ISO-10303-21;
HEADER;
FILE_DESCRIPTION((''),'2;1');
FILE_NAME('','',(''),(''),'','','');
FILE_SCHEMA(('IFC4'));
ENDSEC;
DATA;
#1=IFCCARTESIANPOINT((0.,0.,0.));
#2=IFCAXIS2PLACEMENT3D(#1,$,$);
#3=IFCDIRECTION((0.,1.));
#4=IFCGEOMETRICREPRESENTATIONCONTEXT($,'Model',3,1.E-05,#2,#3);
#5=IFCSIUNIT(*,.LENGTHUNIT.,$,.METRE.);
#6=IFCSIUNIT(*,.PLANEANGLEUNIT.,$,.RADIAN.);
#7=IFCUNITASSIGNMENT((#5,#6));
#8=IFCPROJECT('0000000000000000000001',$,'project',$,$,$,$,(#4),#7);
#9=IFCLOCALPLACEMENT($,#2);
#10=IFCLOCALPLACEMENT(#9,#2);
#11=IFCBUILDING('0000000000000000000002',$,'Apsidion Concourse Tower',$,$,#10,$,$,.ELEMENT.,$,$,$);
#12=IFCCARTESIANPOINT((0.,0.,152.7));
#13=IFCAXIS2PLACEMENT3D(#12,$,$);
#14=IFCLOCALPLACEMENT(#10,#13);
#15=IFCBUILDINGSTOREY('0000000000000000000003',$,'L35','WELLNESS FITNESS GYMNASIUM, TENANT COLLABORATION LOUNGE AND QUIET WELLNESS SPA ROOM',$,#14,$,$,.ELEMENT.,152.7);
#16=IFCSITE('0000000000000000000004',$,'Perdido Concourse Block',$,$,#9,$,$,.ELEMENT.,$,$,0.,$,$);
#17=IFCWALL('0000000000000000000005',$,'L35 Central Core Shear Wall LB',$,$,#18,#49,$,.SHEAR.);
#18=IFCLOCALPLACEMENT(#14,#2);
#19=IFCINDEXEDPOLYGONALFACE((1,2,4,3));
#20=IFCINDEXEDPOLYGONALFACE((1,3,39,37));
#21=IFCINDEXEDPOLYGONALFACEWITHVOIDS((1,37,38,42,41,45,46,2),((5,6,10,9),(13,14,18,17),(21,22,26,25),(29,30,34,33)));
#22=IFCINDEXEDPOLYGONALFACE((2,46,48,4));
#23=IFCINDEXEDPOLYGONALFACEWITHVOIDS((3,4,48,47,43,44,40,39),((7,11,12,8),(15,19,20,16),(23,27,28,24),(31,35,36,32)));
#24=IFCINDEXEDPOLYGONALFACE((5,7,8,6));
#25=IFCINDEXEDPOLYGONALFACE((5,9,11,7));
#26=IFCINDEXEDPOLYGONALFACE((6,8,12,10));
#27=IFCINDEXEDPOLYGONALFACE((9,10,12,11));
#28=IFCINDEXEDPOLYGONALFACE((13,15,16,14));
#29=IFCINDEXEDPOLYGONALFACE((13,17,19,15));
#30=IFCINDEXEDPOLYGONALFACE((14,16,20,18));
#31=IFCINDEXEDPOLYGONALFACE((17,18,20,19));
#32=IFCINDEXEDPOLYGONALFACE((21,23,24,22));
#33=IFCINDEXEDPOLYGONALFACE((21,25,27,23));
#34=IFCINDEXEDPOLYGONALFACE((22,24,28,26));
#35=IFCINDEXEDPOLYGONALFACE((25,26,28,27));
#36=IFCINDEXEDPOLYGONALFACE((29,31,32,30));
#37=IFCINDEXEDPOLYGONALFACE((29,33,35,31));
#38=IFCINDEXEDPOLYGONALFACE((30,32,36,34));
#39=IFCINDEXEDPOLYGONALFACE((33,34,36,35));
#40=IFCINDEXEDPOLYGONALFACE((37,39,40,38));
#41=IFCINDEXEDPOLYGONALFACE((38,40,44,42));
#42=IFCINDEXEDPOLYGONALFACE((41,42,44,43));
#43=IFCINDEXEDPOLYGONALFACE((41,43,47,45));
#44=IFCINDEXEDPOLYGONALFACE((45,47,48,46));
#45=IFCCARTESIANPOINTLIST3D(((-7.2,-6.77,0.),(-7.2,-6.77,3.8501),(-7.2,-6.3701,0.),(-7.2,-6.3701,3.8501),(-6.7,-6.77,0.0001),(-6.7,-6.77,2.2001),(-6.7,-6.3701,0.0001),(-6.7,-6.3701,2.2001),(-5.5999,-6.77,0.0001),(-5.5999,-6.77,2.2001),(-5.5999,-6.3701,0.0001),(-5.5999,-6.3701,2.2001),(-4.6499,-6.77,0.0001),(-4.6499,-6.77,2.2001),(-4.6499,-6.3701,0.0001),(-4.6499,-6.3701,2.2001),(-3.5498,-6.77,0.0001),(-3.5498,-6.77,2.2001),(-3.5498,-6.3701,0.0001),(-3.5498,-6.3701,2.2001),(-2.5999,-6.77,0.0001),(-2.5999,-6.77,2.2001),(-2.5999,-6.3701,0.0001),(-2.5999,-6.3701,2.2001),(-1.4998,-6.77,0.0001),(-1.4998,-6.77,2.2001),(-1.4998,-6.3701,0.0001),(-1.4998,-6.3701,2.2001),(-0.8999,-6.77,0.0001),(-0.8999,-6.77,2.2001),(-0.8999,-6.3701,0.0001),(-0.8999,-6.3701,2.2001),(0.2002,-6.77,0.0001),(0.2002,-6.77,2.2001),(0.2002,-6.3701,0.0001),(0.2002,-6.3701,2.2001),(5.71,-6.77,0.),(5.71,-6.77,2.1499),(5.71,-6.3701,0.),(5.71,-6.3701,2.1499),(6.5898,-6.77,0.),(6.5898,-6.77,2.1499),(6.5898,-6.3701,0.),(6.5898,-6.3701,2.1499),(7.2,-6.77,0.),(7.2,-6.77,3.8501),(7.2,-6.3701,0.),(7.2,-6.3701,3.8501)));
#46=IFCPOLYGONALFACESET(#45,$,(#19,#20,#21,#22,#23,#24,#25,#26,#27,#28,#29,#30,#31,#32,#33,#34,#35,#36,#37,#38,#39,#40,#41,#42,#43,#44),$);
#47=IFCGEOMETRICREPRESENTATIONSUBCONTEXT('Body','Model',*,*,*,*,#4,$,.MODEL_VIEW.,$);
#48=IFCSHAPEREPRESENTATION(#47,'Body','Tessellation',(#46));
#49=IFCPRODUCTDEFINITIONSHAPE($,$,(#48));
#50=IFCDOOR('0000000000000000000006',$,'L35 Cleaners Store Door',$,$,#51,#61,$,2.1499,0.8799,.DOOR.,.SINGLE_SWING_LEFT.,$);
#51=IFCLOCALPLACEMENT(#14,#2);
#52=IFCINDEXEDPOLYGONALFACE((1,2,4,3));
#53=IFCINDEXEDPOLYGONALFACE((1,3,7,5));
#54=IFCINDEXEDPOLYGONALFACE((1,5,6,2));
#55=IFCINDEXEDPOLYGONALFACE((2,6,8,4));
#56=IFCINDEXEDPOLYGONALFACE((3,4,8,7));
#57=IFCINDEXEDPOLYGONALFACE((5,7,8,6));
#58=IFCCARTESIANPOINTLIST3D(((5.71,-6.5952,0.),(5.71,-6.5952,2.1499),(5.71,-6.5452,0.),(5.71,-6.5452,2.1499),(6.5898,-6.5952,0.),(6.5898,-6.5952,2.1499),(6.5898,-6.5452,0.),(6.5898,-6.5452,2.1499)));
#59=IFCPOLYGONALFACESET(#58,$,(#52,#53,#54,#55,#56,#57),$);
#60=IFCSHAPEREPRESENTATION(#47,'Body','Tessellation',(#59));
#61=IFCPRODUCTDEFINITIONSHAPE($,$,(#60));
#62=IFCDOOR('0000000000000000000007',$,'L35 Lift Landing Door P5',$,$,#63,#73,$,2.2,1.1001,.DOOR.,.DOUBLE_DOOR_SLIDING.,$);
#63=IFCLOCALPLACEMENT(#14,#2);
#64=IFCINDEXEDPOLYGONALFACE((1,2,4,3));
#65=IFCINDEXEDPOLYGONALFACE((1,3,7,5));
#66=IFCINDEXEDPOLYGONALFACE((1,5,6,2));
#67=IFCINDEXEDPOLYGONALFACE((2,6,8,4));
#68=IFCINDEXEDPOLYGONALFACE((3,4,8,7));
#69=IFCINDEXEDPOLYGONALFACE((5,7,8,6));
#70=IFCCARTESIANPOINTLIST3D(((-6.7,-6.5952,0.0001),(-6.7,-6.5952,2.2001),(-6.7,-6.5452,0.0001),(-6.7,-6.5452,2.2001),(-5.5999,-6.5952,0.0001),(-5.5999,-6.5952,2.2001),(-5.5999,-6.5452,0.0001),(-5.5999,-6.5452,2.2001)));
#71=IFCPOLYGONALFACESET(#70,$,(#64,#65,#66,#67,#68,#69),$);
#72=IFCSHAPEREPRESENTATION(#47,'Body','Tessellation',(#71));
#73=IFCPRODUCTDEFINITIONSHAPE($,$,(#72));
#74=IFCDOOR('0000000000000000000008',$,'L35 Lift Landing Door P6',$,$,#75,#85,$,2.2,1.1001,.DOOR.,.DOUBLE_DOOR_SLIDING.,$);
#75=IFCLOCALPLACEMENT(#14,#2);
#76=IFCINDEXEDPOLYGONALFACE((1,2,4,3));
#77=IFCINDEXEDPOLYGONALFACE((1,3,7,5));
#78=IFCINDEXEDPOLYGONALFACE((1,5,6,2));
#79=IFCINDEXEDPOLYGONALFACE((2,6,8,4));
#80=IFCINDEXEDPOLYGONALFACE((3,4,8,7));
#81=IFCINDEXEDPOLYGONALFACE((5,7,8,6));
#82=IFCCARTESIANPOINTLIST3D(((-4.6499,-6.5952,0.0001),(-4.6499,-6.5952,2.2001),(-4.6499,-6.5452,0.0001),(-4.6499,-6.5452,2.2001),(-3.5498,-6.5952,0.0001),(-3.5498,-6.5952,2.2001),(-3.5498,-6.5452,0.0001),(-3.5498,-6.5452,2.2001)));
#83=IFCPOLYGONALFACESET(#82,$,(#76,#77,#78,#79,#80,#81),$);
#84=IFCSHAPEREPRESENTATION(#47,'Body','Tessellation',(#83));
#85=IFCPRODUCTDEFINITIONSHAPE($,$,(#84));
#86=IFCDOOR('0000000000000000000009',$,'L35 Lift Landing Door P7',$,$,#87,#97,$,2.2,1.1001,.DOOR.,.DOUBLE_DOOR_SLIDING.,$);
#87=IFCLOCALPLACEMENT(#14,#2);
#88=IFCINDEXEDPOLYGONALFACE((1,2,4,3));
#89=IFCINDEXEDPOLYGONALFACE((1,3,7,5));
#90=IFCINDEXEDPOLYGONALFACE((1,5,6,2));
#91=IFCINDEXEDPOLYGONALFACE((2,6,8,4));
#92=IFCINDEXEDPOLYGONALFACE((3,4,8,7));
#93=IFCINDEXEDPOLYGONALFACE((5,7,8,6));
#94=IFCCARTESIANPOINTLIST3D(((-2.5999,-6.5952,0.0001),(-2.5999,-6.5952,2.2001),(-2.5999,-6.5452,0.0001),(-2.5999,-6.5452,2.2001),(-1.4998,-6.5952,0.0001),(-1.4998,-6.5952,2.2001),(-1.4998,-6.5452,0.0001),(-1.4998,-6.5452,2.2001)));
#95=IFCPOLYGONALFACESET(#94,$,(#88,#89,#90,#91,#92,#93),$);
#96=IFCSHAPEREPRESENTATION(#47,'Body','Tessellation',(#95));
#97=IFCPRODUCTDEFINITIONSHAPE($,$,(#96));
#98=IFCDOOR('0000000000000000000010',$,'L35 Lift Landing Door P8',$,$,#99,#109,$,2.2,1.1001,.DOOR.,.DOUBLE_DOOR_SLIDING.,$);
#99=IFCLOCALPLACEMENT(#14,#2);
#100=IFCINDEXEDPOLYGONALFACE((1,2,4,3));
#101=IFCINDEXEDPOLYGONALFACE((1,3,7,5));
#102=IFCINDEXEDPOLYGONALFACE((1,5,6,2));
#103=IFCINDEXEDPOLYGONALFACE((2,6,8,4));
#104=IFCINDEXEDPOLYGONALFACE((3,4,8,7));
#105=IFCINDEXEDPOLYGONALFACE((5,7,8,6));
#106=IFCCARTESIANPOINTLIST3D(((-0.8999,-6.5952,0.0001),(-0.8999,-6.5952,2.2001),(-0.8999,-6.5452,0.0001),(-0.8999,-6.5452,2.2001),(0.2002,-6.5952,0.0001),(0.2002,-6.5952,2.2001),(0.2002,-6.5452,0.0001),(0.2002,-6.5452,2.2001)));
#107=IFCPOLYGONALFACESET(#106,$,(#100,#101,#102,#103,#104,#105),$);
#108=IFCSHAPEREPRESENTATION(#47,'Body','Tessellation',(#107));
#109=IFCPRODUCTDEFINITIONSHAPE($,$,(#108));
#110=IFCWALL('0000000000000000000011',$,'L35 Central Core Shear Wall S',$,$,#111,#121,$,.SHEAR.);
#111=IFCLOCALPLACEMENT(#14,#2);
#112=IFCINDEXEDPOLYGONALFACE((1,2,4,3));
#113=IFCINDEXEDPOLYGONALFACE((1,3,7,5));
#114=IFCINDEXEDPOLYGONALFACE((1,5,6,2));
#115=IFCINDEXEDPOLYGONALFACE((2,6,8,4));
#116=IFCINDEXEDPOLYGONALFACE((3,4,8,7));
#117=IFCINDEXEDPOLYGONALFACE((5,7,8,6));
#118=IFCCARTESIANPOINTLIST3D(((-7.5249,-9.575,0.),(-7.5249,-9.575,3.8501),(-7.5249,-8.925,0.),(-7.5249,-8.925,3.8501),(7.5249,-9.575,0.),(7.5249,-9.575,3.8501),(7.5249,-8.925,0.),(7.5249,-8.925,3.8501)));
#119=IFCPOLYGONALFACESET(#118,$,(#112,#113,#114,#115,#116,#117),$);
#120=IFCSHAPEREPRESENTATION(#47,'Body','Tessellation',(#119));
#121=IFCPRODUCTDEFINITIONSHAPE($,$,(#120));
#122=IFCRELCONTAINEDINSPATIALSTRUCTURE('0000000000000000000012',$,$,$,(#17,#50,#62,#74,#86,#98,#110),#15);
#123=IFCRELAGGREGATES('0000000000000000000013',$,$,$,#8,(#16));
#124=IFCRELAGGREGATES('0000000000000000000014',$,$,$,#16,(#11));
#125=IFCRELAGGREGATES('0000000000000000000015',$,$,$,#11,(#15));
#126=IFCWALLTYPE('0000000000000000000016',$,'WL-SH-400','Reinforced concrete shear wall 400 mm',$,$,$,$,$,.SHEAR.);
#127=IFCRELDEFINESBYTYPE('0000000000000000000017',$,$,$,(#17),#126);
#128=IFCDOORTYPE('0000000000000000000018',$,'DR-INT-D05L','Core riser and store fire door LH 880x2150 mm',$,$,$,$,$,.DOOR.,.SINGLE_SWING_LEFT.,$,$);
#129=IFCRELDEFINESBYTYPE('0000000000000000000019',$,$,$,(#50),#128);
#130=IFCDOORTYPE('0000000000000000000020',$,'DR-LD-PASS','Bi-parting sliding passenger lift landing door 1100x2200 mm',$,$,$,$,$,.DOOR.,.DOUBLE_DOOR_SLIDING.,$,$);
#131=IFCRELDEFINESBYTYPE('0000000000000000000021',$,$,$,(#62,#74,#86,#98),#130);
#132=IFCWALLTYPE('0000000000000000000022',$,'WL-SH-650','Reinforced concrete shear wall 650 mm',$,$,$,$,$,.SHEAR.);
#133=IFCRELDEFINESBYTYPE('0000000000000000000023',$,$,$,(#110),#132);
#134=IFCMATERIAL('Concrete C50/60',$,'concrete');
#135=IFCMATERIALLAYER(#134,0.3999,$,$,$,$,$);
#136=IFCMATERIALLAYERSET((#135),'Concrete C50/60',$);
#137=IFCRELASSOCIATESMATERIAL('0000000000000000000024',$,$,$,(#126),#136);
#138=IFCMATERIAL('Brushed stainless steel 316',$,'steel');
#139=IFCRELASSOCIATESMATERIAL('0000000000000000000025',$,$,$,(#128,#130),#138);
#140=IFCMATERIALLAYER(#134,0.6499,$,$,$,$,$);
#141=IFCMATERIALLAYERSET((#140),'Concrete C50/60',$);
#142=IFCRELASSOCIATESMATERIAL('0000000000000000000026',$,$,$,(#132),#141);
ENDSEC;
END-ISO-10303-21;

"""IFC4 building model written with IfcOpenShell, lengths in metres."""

from ifc_helpers import new_model, si_unit, direction, frame, frame_2d, origin, place, context, subcontext, project, spatial, rectangle, extrude, material, layer, layer_set, type_object, element, fill, save


model = new_model("IFC4")

# Units and contexts
model_context = context("Model", 3, precision=1e-05, world=origin(), true_north=direction((0.0, 1.0)))
body_context = subcontext(model_context, "Body", "Model", "MODEL_VIEW")
ifc_project = project(units=[si_unit("LENGTHUNIT", "METRE"), si_unit("PLANEANGLEUNIT", "RADIAN")], contexts=[model_context])

# Site, building, storey
site_placement = place(None, origin())
site = spatial("IfcSite", under=ifc_project, at=site_placement, Name="Perdido Concourse Block", CompositionType="ELEMENT", RefElevation=0.0)
building_placement = place(site_placement, origin())
building = spatial("IfcBuilding", under=site, at=building_placement, Name="Apsidion Concourse Tower", CompositionType="ELEMENT")
storey_placement = place(building_placement, frame((0.0, 0.0, 152.7)))
storey = spatial("IfcBuildingStorey", under=building, at=storey_placement, Name="L35", Description="WELLNESS FITNESS GYMNASIUM, TENANT COLLABORATION LOUNGE AND QUIET WELLNESS SPA ROOM", CompositionType="ELEMENT", Elevation=152.7)

# Shared definitions
ifc_material_1 = material(Name="Concrete C50/60", Category="concrete")

# Shared definitions
ifc_material_2 = material(Name="Brushed stainless steel 316", Category="steel")

# Shared definitions
ifc_layer_1 = layer(ifc_material_1, 0.3999)
ifc_layer_set_1 = layer_set([ifc_layer_1], Name="Concrete C50/60")
wall_type_1 = type_object("IfcWallType", Name="WL-SH-400", Description="Reinforced concrete shear wall 400 mm", PredefinedType="SHEAR", material=ifc_layer_set_1)

# Wall, openings, doors
wall_1_placement = place(storey_placement, frame((-7.2, -6.5701, 0.0), z_axis=(0.0, 0.0, 1.0), x_axis=(1.0, 0.0, 0.0)))
wall_1 = element("IfcWall", 1, at=wall_1_placement, inside=storey, type_object=wall_type_1, Name="L35 Central Core Shear Wall LB", PredefinedType="SHEAR", context=body_context, shape_type="SweptSolid", body=[
    extrude(rectangle(XDim=14.3999, YDim=0.3999, at=frame_2d((7.2, 0.0))), origin(), (0.0, 0.0, 1.0), 3.8501),
])
opening_1_placement = place(wall_1_placement, frame((0.5, 0.0, 0.0)))
opening_1 = element("IfcOpeningElement", 2, at=opening_1_placement, cuts=wall_1, PredefinedType="OPENING", context=body_context, shape_type="SweptSolid", body=[
    extrude(rectangle(XDim=1.1001, YDim=2.2, at=frame_2d((0.55, 1.1001))), frame((0.0, 0.21, 0.0), z_axis=(0.0, -1.0, 0.0), x_axis=(1.0, 0.0, 0.0)), (0.0, 0.0, 1.0), 0.4199),
])
opening_2_placement = place(wall_1_placement, frame((2.55, 0.0, 0.0)))
opening_2 = element("IfcOpeningElement", 3, at=opening_2_placement, cuts=wall_1, PredefinedType="OPENING", context=body_context, shape_type="SweptSolid", body=[
    extrude(rectangle(XDim=1.1001, YDim=2.2, at=frame_2d((0.55, 1.1001))), frame((0.0, 0.21, 0.0), z_axis=(0.0, -1.0, 0.0), x_axis=(1.0, 0.0, 0.0)), (0.0, 0.0, 1.0), 0.4199),
])
opening_3_placement = place(wall_1_placement, frame((4.6001, 0.0, 0.0)))
opening_3 = element("IfcOpeningElement", 4, at=opening_3_placement, cuts=wall_1, PredefinedType="OPENING", context=body_context, shape_type="SweptSolid", body=[
    extrude(rectangle(XDim=1.1001, YDim=2.2, at=frame_2d((0.55, 1.1001))), frame((0.0, 0.21, 0.0), z_axis=(0.0, -1.0, 0.0), x_axis=(1.0, 0.0, 0.0)), (0.0, 0.0, 1.0), 0.4199),
])
opening_4_placement = place(wall_1_placement, frame((6.3, 0.0, 0.0)))
opening_4 = element("IfcOpeningElement", 5, at=opening_4_placement, cuts=wall_1, PredefinedType="OPENING", context=body_context, shape_type="SweptSolid", body=[
    extrude(rectangle(XDim=1.1001, YDim=2.2, at=frame_2d((0.55, 1.1001))), frame((0.0, 0.21, 0.0), z_axis=(0.0, -1.0, 0.0), x_axis=(1.0, 0.0, 0.0)), (0.0, 0.0, 1.0), 0.4199),
])
opening_5_placement = place(wall_1_placement, frame((12.9099, 0.0, 0.0)))
opening_5 = element("IfcOpeningElement", 6, at=opening_5_placement, cuts=wall_1, PredefinedType="OPENING", context=body_context, shape_type="SweptSolid", body=[
    extrude(rectangle(XDim=0.8799, YDim=2.1499, at=frame_2d((0.4399, 1.075))), frame((0.0, 0.21, 0.0), z_axis=(0.0, -1.0, 0.0), x_axis=(1.0, 0.0, 0.0)), (0.0, 0.0, 1.0), 0.4199),
])
door_type_1 = type_object("IfcDoorType", Name="DR-INT-D05L", Description="Core riser and store fire door LH 880x2150 mm", OperationType="SINGLE_SWING_LEFT", PredefinedType="DOOR", material=ifc_material_2)
door_1_placement = place(opening_5_placement, origin())
door_1 = element("IfcDoor", 7, at=door_1_placement, inside=storey, type_object=door_type_1, Name="L35 Cleaners Store Door", OperationType="SINGLE_SWING_LEFT", OverallHeight=2.1499, OverallWidth=0.8799, PredefinedType="DOOR", context=body_context, shape_type="SweptSolid", body=[
    extrude(rectangle(XDim=0.8799, YDim=2.1499, at=frame_2d((0.4399, 1.075))), frame((0.0, 0.0249, 0.0), z_axis=(0.0, -1.0, 0.0), x_axis=(1.0, 0.0, 0.0)), (0.0, 0.0, 1.0), 0.05),
])
fill(opening_5, door_1)
door_type_2 = type_object("IfcDoorType", Name="DR-LD-PASS", Description="Bi-parting sliding passenger lift landing door 1100x2200 mm", OperationType="DOUBLE_DOOR_SLIDING", PredefinedType="DOOR", material=ifc_material_2)
door_2_placement = place(opening_1_placement, origin())
door_2 = element("IfcDoor", 8, at=door_2_placement, inside=storey, type_object=door_type_2, Name="L35 Lift Landing Door P5", OperationType="DOUBLE_DOOR_SLIDING", OverallHeight=2.2, OverallWidth=1.1001, PredefinedType="DOOR", context=body_context, shape_type="SweptSolid", body=[
    extrude(rectangle(XDim=1.1001, YDim=2.2, at=frame_2d((0.55, 1.1001))), frame((0.0, 0.0249, 0.0), z_axis=(0.0, -1.0, 0.0), x_axis=(1.0, 0.0, 0.0)), (0.0, 0.0, 1.0), 0.05),
])
fill(opening_1, door_2)
door_3_placement = place(opening_2_placement, origin())
door_3 = element("IfcDoor", 9, at=door_3_placement, inside=storey, type_object=door_type_2, Name="L35 Lift Landing Door P6", OperationType="DOUBLE_DOOR_SLIDING", OverallHeight=2.2, OverallWidth=1.1001, PredefinedType="DOOR", context=body_context, shape_type="SweptSolid", body=[
    extrude(rectangle(XDim=1.1001, YDim=2.2, at=frame_2d((0.55, 1.1001))), frame((0.0, 0.0249, 0.0), z_axis=(0.0, -1.0, 0.0), x_axis=(1.0, 0.0, 0.0)), (0.0, 0.0, 1.0), 0.05),
])
fill(opening_2, door_3)
door_4_placement = place(opening_3_placement, origin())
door_4 = element("IfcDoor", 10, at=door_4_placement, inside=storey, type_object=door_type_2, Name="L35 Lift Landing Door P7", OperationType="DOUBLE_DOOR_SLIDING", OverallHeight=2.2, OverallWidth=1.1001, PredefinedType="DOOR", context=body_context, shape_type="SweptSolid", body=[
    extrude(rectangle(XDim=1.1001, YDim=2.2, at=frame_2d((0.55, 1.1001))), frame((0.0, 0.0249, 0.0), z_axis=(0.0, -1.0, 0.0), x_axis=(1.0, 0.0, 0.0)), (0.0, 0.0, 1.0), 0.05),
])
fill(opening_3, door_4)
door_5_placement = place(opening_4_placement, origin())
door_5 = element("IfcDoor", 11, at=door_5_placement, inside=storey, type_object=door_type_2, Name="L35 Lift Landing Door P8", OperationType="DOUBLE_DOOR_SLIDING", OverallHeight=2.2, OverallWidth=1.1001, PredefinedType="DOOR", context=body_context, shape_type="SweptSolid", body=[
    extrude(rectangle(XDim=1.1001, YDim=2.2, at=frame_2d((0.55, 1.1001))), frame((0.0, 0.0249, 0.0), z_axis=(0.0, -1.0, 0.0), x_axis=(1.0, 0.0, 0.0)), (0.0, 0.0, 1.0), 0.05),
])
fill(opening_4, door_5)
ifc_layer_2 = layer(ifc_material_1, 0.6499)
ifc_layer_set_2 = layer_set([ifc_layer_2], Name="Concrete C50/60")
wall_type_2 = type_object("IfcWallType", Name="WL-SH-650", Description="Reinforced concrete shear wall 650 mm", PredefinedType="SHEAR", material=ifc_layer_set_2)

# Wall
wall_2_placement = place(storey_placement, frame((-7.5249, -9.25, 0.0), z_axis=(0.0, 0.0, 1.0), x_axis=(1.0, 0.0, 0.0)))
element("IfcWall", 12, at=wall_2_placement, inside=storey, type_object=wall_type_2, Name="L35 Central Core Shear Wall S", PredefinedType="SHEAR", context=body_context, shape_type="SweptSolid", body=[
    extrude(rectangle(XDim=15.0498, YDim=0.6499, at=frame_2d((7.5249, 0.0))), origin(), (0.0, 0.0, 1.0), 3.8501),
])

save(model, "model.ifc")
